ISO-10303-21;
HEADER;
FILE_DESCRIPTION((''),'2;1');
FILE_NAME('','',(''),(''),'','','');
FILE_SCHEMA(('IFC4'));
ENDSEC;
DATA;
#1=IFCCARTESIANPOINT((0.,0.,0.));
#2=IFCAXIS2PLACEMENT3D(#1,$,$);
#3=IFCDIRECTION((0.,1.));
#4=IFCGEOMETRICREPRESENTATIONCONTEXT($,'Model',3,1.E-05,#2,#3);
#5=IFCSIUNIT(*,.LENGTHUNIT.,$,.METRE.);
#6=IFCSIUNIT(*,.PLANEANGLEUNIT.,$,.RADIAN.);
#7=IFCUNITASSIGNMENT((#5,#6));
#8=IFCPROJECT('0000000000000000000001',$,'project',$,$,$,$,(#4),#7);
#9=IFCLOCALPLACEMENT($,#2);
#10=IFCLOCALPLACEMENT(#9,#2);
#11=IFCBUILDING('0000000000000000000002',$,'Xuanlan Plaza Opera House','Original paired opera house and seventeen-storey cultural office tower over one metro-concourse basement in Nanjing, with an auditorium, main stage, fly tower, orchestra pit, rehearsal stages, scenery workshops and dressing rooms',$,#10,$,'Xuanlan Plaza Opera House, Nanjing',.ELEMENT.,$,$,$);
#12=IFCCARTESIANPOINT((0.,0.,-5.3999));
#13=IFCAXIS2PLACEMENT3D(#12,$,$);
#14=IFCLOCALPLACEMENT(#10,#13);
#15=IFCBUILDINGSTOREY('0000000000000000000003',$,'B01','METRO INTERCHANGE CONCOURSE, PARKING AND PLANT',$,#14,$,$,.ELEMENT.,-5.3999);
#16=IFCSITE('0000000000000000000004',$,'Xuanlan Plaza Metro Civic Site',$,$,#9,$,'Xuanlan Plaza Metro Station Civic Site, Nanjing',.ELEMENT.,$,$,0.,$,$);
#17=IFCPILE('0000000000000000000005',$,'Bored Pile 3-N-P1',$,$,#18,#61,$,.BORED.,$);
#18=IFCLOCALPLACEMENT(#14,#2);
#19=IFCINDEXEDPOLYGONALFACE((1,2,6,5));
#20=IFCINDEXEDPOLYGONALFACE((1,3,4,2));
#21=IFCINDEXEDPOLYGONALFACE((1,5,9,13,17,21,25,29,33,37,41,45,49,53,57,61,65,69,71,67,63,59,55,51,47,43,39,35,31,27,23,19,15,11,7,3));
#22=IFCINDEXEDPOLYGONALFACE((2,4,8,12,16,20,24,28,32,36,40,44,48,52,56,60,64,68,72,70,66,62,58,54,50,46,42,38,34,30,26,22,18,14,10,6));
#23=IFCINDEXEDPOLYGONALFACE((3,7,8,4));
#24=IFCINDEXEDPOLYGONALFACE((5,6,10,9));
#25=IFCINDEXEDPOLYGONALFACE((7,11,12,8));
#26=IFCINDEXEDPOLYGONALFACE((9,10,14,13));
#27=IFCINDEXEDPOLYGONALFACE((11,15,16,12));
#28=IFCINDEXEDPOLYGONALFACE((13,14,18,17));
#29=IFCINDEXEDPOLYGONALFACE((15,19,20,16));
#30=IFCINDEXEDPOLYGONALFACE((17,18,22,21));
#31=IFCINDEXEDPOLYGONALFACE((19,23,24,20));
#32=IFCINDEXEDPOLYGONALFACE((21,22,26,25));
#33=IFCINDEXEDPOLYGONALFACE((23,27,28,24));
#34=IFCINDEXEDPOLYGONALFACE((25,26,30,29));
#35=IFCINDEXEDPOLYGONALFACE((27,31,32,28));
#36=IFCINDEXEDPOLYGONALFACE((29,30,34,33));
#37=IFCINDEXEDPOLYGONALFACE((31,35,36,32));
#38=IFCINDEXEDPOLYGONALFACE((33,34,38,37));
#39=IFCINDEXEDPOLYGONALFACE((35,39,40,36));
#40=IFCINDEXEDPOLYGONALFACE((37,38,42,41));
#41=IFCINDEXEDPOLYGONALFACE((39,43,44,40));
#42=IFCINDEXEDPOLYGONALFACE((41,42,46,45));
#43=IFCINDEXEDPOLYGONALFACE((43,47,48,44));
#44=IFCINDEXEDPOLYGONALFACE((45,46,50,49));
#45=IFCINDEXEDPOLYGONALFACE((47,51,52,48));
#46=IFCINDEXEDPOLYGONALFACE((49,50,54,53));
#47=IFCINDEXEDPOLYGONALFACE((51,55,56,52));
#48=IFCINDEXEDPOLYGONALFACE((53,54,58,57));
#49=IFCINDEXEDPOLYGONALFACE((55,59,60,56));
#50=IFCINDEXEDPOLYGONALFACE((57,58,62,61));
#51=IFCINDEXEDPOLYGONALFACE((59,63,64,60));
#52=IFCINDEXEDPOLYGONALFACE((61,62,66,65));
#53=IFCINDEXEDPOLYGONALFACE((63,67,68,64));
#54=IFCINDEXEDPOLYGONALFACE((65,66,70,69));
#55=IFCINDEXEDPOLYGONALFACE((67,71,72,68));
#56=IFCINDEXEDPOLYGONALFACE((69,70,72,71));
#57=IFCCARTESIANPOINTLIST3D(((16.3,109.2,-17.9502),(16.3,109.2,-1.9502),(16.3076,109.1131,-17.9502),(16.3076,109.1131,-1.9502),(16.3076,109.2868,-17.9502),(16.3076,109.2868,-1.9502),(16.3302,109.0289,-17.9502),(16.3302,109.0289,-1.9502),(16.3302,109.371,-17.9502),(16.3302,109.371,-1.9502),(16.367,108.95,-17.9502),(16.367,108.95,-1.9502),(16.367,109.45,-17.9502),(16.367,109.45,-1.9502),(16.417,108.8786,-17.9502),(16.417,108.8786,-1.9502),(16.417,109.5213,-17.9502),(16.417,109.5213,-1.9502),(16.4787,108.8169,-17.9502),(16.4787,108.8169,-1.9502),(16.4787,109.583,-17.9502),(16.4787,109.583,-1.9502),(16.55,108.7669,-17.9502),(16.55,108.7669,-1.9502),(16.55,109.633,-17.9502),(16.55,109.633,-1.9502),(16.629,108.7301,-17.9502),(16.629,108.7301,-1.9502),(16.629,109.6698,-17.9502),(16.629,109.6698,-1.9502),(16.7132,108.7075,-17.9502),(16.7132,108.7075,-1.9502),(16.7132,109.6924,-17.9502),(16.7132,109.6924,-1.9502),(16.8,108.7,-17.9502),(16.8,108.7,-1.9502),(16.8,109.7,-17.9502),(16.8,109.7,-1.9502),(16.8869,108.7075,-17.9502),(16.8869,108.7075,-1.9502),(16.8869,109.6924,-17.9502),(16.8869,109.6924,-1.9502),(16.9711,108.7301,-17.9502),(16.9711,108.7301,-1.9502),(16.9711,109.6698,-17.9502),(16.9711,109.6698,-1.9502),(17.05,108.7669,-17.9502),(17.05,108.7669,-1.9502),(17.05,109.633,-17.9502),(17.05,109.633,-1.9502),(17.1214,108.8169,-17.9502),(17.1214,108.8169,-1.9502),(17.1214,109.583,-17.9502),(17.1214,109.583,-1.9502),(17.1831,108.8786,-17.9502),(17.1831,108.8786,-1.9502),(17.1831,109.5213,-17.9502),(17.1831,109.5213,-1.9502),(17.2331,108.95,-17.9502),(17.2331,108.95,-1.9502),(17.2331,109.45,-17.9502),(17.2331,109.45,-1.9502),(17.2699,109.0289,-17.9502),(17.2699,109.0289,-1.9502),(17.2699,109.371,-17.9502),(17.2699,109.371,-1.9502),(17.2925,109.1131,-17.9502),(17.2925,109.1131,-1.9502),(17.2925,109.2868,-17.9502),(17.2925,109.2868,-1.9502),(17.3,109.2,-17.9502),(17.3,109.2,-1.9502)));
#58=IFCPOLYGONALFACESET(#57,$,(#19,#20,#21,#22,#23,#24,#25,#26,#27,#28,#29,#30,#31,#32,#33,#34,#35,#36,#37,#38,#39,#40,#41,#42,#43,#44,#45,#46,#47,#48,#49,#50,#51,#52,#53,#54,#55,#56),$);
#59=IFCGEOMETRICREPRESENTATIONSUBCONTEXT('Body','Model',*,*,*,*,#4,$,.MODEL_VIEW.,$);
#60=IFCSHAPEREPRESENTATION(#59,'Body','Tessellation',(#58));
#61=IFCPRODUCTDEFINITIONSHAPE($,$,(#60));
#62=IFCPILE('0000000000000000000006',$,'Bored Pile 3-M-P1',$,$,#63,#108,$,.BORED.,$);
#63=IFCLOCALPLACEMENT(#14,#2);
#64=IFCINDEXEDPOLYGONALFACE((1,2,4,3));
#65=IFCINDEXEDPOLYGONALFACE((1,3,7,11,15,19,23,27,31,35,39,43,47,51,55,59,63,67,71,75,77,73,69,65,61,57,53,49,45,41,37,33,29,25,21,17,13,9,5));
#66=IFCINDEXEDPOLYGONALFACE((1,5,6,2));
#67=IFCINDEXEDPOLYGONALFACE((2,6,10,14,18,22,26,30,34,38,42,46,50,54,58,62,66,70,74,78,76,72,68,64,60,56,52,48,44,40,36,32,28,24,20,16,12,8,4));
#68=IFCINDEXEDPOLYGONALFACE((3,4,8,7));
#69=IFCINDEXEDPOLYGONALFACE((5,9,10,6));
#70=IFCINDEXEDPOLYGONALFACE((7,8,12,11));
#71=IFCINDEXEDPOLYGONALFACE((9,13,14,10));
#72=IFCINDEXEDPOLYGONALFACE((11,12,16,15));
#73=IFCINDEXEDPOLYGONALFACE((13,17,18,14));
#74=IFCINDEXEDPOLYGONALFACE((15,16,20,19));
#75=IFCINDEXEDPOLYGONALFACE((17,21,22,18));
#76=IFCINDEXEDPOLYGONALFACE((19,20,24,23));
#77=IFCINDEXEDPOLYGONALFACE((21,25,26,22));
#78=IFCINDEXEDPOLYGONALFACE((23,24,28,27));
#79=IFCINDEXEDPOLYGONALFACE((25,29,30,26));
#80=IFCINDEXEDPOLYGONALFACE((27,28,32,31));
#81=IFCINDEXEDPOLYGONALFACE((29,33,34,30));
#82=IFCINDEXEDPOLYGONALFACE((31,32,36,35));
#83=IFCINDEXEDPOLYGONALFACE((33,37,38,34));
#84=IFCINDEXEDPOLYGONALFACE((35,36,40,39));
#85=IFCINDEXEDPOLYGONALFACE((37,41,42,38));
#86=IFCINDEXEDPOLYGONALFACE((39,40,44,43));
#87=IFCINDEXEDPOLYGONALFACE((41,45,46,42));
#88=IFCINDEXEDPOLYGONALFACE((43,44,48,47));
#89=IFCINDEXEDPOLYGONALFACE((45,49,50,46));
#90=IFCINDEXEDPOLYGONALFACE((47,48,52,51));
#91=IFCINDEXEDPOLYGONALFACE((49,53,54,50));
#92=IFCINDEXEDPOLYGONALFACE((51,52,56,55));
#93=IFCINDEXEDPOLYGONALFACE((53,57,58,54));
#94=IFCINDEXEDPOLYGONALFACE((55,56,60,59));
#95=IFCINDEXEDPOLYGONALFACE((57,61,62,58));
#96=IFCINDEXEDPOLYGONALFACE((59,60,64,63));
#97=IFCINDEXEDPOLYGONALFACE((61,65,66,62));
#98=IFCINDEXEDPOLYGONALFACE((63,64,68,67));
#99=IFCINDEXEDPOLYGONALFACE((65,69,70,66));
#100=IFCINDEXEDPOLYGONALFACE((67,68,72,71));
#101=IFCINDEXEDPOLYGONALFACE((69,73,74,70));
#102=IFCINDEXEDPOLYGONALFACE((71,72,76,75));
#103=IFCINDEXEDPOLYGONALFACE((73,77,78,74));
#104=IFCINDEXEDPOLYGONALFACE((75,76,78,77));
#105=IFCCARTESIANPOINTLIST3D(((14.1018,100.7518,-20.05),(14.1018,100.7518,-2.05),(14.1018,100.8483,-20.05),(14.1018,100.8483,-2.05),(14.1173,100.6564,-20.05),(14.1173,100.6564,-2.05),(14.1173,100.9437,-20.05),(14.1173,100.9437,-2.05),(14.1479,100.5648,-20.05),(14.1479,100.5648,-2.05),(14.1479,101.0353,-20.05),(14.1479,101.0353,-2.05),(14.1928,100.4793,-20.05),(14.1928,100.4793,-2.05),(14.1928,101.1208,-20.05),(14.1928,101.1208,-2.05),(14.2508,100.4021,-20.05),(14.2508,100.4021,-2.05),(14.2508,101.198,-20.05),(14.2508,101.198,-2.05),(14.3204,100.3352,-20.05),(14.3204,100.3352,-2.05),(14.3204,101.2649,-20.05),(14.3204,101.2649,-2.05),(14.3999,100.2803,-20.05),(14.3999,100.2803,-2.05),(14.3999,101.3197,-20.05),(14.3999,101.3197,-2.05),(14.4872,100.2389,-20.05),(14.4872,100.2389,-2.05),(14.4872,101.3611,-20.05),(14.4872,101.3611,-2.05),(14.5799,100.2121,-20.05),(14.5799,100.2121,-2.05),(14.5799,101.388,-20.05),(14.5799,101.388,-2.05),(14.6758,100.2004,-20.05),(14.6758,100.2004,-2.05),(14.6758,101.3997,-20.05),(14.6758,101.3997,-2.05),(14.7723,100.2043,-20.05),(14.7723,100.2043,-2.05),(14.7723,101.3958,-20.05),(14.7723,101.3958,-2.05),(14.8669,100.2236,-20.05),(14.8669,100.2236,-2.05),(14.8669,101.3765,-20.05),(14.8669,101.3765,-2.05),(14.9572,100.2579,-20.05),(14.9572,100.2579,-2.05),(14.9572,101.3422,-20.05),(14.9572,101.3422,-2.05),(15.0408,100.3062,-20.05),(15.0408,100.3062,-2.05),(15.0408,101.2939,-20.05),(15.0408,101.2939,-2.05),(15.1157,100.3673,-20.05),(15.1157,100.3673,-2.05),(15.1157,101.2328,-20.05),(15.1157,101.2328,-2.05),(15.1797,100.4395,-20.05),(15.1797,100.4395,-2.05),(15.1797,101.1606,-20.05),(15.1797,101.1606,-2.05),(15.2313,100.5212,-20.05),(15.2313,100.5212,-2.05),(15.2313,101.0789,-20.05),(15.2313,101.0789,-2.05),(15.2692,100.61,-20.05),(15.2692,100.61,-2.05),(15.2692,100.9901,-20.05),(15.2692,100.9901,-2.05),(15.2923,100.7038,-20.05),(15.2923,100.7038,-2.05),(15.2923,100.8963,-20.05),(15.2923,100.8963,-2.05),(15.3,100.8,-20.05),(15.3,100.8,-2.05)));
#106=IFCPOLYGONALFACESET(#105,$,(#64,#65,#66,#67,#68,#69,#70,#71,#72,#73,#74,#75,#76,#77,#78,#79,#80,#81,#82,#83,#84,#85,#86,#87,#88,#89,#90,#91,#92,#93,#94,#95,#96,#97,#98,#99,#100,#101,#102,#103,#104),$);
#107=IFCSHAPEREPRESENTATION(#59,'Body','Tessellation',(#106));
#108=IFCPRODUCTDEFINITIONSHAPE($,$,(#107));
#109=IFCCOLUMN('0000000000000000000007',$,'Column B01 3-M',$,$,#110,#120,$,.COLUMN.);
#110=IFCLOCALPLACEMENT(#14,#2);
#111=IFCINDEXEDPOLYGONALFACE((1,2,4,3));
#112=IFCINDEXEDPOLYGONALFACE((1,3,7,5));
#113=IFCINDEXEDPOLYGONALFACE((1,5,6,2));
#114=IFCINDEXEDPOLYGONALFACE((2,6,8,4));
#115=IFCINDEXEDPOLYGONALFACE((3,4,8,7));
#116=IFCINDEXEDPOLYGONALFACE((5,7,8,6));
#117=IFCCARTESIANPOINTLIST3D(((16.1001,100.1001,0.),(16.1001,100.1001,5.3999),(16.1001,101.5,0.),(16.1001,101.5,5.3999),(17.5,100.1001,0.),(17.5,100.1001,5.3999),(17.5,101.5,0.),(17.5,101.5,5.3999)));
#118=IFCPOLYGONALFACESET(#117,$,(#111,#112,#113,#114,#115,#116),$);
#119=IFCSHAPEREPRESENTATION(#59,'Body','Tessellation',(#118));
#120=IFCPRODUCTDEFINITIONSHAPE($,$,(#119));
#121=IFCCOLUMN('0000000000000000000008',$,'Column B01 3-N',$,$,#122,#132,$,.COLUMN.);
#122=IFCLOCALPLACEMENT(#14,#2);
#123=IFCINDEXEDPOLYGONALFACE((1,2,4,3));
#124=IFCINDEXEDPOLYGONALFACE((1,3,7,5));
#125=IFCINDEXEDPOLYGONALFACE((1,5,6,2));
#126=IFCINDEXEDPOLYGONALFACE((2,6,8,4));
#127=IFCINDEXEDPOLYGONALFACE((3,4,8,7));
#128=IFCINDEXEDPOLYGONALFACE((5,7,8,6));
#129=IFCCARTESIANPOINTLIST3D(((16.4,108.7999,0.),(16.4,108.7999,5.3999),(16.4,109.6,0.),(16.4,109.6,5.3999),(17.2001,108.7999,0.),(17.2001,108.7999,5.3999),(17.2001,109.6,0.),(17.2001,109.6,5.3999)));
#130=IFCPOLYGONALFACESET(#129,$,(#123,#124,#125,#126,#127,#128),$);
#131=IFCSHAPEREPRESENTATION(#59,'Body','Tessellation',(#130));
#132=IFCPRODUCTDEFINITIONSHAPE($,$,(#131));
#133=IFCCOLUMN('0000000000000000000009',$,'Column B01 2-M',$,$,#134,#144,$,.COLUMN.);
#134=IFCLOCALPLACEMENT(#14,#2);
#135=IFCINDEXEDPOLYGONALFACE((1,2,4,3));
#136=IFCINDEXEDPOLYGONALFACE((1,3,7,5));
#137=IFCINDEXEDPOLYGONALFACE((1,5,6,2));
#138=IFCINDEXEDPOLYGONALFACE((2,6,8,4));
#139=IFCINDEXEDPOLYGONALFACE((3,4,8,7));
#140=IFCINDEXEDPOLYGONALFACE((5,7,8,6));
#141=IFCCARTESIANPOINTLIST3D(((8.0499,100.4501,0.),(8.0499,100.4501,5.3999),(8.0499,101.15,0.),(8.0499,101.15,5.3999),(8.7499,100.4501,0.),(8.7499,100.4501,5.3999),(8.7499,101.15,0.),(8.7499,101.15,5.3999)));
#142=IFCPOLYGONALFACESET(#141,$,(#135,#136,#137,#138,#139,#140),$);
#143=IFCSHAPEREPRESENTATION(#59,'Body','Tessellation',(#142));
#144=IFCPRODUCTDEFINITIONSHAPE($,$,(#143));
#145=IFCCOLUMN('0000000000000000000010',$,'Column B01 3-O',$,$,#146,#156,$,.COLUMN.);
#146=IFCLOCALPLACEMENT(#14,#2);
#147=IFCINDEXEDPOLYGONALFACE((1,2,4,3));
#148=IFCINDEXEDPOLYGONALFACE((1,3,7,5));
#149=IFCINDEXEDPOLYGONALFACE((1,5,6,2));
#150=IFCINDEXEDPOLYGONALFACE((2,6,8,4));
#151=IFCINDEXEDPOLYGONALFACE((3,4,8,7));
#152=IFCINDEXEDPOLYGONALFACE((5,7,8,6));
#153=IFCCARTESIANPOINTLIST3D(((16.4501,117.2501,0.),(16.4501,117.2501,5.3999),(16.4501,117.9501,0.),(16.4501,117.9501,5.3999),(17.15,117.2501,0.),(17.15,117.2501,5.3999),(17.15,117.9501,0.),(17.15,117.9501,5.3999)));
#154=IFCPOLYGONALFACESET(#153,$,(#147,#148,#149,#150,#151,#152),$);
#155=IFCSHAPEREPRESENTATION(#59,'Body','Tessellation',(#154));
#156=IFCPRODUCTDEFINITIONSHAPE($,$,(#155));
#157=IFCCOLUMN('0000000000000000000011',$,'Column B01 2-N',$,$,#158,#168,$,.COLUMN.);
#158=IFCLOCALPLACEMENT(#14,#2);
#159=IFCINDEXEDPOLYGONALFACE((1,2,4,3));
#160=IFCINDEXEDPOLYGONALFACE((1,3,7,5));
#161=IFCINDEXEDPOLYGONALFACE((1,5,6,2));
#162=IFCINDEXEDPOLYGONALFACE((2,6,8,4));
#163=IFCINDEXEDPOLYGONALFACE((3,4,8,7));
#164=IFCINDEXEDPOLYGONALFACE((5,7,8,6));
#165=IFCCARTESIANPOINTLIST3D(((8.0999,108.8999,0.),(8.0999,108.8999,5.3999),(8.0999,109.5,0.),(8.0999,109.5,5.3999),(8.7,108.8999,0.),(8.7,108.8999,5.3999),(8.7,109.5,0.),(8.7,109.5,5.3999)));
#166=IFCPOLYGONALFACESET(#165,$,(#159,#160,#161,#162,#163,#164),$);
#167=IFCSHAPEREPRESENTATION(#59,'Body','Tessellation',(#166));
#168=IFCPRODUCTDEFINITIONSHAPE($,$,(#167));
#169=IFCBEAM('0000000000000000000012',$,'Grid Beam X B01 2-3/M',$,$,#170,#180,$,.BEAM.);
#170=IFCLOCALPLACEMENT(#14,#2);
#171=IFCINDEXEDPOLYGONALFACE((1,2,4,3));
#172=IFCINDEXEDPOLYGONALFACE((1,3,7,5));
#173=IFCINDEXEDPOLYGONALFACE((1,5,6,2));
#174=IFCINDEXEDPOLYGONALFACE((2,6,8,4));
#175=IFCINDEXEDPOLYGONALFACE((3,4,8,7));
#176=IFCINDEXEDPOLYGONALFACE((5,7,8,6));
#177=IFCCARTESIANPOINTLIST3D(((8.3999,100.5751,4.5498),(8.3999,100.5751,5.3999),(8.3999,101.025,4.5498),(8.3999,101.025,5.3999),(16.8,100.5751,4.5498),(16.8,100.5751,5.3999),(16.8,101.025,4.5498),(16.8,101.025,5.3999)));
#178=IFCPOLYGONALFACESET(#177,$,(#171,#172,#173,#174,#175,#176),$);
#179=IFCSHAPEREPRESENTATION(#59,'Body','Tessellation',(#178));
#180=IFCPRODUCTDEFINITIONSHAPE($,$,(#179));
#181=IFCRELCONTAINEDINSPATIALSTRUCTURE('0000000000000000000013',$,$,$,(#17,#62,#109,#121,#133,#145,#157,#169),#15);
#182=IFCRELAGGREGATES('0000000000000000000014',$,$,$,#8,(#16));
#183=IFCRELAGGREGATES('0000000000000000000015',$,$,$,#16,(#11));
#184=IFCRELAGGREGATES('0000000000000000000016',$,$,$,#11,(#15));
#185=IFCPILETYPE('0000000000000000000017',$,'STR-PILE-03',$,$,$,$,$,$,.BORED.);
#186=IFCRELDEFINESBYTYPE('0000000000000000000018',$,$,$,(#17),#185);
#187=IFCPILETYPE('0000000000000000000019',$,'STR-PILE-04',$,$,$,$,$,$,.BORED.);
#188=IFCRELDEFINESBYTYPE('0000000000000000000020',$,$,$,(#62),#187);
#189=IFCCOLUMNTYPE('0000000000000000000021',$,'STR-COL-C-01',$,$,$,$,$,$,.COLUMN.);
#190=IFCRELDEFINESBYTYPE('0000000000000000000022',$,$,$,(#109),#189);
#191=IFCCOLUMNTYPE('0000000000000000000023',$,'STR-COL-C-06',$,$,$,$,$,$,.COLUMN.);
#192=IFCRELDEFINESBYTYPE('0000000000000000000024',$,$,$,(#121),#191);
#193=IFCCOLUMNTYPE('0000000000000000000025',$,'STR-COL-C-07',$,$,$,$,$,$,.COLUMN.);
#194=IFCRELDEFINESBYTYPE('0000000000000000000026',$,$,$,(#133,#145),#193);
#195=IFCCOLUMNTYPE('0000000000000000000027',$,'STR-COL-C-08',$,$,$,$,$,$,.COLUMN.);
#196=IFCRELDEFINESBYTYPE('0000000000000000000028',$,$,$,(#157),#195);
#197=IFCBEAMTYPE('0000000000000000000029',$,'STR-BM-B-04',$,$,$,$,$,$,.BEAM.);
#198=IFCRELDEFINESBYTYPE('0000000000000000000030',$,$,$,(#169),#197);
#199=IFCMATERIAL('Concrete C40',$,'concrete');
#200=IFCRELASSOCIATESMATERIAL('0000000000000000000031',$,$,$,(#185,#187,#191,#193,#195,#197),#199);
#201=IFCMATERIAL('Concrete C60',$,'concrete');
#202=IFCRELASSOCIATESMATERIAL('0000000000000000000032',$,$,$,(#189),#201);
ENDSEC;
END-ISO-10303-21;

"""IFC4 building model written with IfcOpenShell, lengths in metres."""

from ifc_helpers import new_model, si_unit, direction, frame, origin, origin_2d, place, context, subcontext, project, spatial, rectangle, circle, extrude, material, material_profile, profile_set, type_object, element, save


model = new_model("IFC4")

# Units and contexts
model_context = context("Model", 3, precision=1e-05, world=origin(), true_north=direction((0.0, 1.0)))
body_context = subcontext(model_context, "Body", "Model", "MODEL_VIEW")
ifc_project = project(units=[si_unit("LENGTHUNIT", "METRE"), si_unit("PLANEANGLEUNIT", "RADIAN")], contexts=[model_context])

# Site, building, storey
site_placement = place(None, origin())
site = spatial("IfcSite", under=ifc_project, at=site_placement, Name="Xuanlan Plaza Metro Civic Site", LongName="Xuanlan Plaza Metro Station Civic Site, Nanjing", CompositionType="ELEMENT", RefElevation=0.0)
building_placement = place(site_placement, origin())
building = spatial("IfcBuilding", under=site, at=building_placement, Name="Xuanlan Plaza Opera House", Description="Original paired opera house and seventeen-storey cultural office tower over one metro-concourse basement in Nanjing, with an auditorium, main stage, fly tower, orchestra pit, rehearsal stages, scenery workshops and dressing rooms", LongName="Xuanlan Plaza Opera House, Nanjing", CompositionType="ELEMENT")
storey_placement = place(building_placement, frame((0.0, 0.0, -5.3999)))
storey = spatial("IfcBuildingStorey", under=building, at=storey_placement, Name="B01", Description="METRO INTERCHANGE CONCOURSE, PARKING AND PLANT", CompositionType="ELEMENT", Elevation=-5.3999)

# Shared definitions
ifc_material_1 = material(Name="Concrete C40", Category="concrete")

# Piles
ifc_material_profile_1 = material_profile(ifc_material_1, circle(Radius=0.5, at=origin_2d()), Name="PILE D1000")
ifc_profile_set_1 = profile_set([ifc_material_profile_1], Name="Concrete C40")
pile_type_1 = type_object("IfcPileType", Name="STR-PILE-03", PredefinedType="BORED", material=ifc_profile_set_1)
for number, where, z_axis, x_axis, name in (
    (1, (16.8, 109.2, -1.9502), (0.0, 0.0, -1.0), (1.0, 0.0, 0.0), "Bored Pile 3-N-P1"),
):
    element("IfcPile", number, at=place(storey_placement, frame(where, z_axis=z_axis, x_axis=x_axis)), inside=storey, type_object=pile_type_1, Name=name, PredefinedType="BORED", context=body_context, shape_type="SweptSolid", body=[
        extrude(circle(Radius=0.5, at=origin_2d()), origin(), (0.0, 0.0, 1.0), 16.0),
    ])
ifc_material_profile_2 = material_profile(ifc_material_1, circle(Radius=0.6001, at=origin_2d()), Name="PILE D1200")
ifc_profile_set_2 = profile_set([ifc_material_profile_2], Name="Concrete C40")
pile_type_2 = type_object("IfcPileType", Name="STR-PILE-04", PredefinedType="BORED", material=ifc_profile_set_2)
pile_placement = place(storey_placement, frame((14.7, 100.8, -2.05), z_axis=(0.0, 0.0, -1.0), x_axis=(1.0, 0.0, 0.0)))
element("IfcPile", 2, at=pile_placement, inside=storey, type_object=pile_type_2, Name="Bored Pile 3-M-P1", PredefinedType="BORED", context=body_context, shape_type="SweptSolid", body=[
    extrude(circle(Radius=0.6001, at=origin_2d()), origin(), (0.0, 0.0, 1.0), 18.0),
])

# Columns
ifc_material_2 = material(Name="Concrete C60", Category="concrete")
ifc_material_profile_3 = material_profile(ifc_material_2, rectangle(XDim=1.3999, YDim=1.3999, at=origin_2d()), Name="RC-COL 1400x1400")
ifc_profile_set_3 = profile_set([ifc_material_profile_3], Name="Concrete C60")
column_type_1 = type_object("IfcColumnType", Name="STR-COL-C-01", PredefinedType="COLUMN", material=ifc_profile_set_3)
column_1_placement = place(storey_placement, frame((16.8, 100.8, 0.0), z_axis=(0.0, 0.0, 1.0), x_axis=(1.0, 0.0, 0.0)))
element("IfcColumn", 3, at=column_1_placement, inside=storey, type_object=column_type_1, Name="Column B01 3-M", PredefinedType="COLUMN", context=body_context, shape_type="SweptSolid", body=[
    extrude(rectangle(XDim=1.3999, YDim=1.3999, at=origin_2d()), origin(), (0.0, 0.0, 1.0), 5.3999),
])
ifc_material_profile_4 = material_profile(ifc_material_1, rectangle(XDim=0.8, YDim=0.8, at=origin_2d()), Name="RC-COL 800x800")
ifc_profile_set_4 = profile_set([ifc_material_profile_4], Name="Concrete C40")
column_type_2 = type_object("IfcColumnType", Name="STR-COL-C-06", PredefinedType="COLUMN", material=ifc_profile_set_4)
column_2_placement = place(storey_placement, frame((16.8, 109.2, 0.0), z_axis=(0.0, 0.0, 1.0), x_axis=(1.0, 0.0, 0.0)))
element("IfcColumn", 4, at=column_2_placement, inside=storey, type_object=column_type_2, Name="Column B01 3-N", PredefinedType="COLUMN", context=body_context, shape_type="SweptSolid", body=[
    extrude(rectangle(XDim=0.8, YDim=0.8, at=origin_2d()), origin(), (0.0, 0.0, 1.0), 5.3999),
])
ifc_material_profile_5 = material_profile(ifc_material_1, rectangle(XDim=0.7, YDim=0.7, at=origin_2d()), Name="RC-COL 700x700")
ifc_profile_set_5 = profile_set([ifc_material_profile_5], Name="Concrete C40")
column_type_3 = type_object("IfcColumnType", Name="STR-COL-C-07", PredefinedType="COLUMN", material=ifc_profile_set_5)
for number, where, z_axis, x_axis, name in (
    (5, (8.3999, 100.8, 0.0), (0.0, 0.0, 1.0), (1.0, 0.0, 0.0), "Column B01 2-M"),
    (6, (16.8, 117.6001, 0.0), (0.0, 0.0, 1.0), (1.0, 0.0, 0.0), "Column B01 3-O"),
):
    element("IfcColumn", number, at=place(storey_placement, frame(where, z_axis=z_axis, x_axis=x_axis)), inside=storey, type_object=column_type_3, Name=name, PredefinedType="COLUMN", context=body_context, shape_type="SweptSolid", body=[
        extrude(rectangle(XDim=0.7, YDim=0.7, at=origin_2d()), origin(), (0.0, 0.0, 1.0), 5.3999),
    ])
ifc_material_profile_6 = material_profile(ifc_material_1, rectangle(XDim=0.6001, YDim=0.6001, at=origin_2d()), Name="RC-COL 600x600")
ifc_profile_set_6 = profile_set([ifc_material_profile_6], Name="Concrete C40")
column_type_4 = type_object("IfcColumnType", Name="STR-COL-C-08", PredefinedType="COLUMN", material=ifc_profile_set_6)
column_3_placement = place(storey_placement, frame((8.3999, 109.2, 0.0), z_axis=(0.0, 0.0, 1.0), x_axis=(1.0, 0.0, 0.0)))
element("IfcColumn", 7, at=column_3_placement, inside=storey, type_object=column_type_4, Name="Column B01 2-N", PredefinedType="COLUMN", context=body_context, shape_type="SweptSolid", body=[
    extrude(rectangle(XDim=0.6001, YDim=0.6001, at=origin_2d()), origin(), (0.0, 0.0, 1.0), 5.3999),
])

# Beam
ifc_material_profile_7 = material_profile(ifc_material_1, rectangle(XDim=0.45, YDim=0.8501, at=origin_2d()), Name="RC-BM 450x850")
ifc_profile_set_7 = profile_set([ifc_material_profile_7], Name="Concrete C40")
beam_type_1 = type_object("IfcBeamType", Name="STR-BM-B-04", PredefinedType="BEAM", material=ifc_profile_set_7)
beam_1_placement = place(storey_placement, frame((8.3999, 100.8, 4.9749), z_axis=(1.0, 0.0, 0.0), x_axis=(0.0, 1.0, 0.0)))
element("IfcBeam", 8, at=beam_1_placement, inside=storey, type_object=beam_type_1, Name="Grid Beam X B01 2-3/M", PredefinedType="BEAM", context=body_context, shape_type="SweptSolid", body=[
    extrude(rectangle(XDim=0.45, YDim=0.8501, at=origin_2d()), origin(), (0.0, 0.0, 1.0), 8.4001),
])

save(model, "model.ifc")
